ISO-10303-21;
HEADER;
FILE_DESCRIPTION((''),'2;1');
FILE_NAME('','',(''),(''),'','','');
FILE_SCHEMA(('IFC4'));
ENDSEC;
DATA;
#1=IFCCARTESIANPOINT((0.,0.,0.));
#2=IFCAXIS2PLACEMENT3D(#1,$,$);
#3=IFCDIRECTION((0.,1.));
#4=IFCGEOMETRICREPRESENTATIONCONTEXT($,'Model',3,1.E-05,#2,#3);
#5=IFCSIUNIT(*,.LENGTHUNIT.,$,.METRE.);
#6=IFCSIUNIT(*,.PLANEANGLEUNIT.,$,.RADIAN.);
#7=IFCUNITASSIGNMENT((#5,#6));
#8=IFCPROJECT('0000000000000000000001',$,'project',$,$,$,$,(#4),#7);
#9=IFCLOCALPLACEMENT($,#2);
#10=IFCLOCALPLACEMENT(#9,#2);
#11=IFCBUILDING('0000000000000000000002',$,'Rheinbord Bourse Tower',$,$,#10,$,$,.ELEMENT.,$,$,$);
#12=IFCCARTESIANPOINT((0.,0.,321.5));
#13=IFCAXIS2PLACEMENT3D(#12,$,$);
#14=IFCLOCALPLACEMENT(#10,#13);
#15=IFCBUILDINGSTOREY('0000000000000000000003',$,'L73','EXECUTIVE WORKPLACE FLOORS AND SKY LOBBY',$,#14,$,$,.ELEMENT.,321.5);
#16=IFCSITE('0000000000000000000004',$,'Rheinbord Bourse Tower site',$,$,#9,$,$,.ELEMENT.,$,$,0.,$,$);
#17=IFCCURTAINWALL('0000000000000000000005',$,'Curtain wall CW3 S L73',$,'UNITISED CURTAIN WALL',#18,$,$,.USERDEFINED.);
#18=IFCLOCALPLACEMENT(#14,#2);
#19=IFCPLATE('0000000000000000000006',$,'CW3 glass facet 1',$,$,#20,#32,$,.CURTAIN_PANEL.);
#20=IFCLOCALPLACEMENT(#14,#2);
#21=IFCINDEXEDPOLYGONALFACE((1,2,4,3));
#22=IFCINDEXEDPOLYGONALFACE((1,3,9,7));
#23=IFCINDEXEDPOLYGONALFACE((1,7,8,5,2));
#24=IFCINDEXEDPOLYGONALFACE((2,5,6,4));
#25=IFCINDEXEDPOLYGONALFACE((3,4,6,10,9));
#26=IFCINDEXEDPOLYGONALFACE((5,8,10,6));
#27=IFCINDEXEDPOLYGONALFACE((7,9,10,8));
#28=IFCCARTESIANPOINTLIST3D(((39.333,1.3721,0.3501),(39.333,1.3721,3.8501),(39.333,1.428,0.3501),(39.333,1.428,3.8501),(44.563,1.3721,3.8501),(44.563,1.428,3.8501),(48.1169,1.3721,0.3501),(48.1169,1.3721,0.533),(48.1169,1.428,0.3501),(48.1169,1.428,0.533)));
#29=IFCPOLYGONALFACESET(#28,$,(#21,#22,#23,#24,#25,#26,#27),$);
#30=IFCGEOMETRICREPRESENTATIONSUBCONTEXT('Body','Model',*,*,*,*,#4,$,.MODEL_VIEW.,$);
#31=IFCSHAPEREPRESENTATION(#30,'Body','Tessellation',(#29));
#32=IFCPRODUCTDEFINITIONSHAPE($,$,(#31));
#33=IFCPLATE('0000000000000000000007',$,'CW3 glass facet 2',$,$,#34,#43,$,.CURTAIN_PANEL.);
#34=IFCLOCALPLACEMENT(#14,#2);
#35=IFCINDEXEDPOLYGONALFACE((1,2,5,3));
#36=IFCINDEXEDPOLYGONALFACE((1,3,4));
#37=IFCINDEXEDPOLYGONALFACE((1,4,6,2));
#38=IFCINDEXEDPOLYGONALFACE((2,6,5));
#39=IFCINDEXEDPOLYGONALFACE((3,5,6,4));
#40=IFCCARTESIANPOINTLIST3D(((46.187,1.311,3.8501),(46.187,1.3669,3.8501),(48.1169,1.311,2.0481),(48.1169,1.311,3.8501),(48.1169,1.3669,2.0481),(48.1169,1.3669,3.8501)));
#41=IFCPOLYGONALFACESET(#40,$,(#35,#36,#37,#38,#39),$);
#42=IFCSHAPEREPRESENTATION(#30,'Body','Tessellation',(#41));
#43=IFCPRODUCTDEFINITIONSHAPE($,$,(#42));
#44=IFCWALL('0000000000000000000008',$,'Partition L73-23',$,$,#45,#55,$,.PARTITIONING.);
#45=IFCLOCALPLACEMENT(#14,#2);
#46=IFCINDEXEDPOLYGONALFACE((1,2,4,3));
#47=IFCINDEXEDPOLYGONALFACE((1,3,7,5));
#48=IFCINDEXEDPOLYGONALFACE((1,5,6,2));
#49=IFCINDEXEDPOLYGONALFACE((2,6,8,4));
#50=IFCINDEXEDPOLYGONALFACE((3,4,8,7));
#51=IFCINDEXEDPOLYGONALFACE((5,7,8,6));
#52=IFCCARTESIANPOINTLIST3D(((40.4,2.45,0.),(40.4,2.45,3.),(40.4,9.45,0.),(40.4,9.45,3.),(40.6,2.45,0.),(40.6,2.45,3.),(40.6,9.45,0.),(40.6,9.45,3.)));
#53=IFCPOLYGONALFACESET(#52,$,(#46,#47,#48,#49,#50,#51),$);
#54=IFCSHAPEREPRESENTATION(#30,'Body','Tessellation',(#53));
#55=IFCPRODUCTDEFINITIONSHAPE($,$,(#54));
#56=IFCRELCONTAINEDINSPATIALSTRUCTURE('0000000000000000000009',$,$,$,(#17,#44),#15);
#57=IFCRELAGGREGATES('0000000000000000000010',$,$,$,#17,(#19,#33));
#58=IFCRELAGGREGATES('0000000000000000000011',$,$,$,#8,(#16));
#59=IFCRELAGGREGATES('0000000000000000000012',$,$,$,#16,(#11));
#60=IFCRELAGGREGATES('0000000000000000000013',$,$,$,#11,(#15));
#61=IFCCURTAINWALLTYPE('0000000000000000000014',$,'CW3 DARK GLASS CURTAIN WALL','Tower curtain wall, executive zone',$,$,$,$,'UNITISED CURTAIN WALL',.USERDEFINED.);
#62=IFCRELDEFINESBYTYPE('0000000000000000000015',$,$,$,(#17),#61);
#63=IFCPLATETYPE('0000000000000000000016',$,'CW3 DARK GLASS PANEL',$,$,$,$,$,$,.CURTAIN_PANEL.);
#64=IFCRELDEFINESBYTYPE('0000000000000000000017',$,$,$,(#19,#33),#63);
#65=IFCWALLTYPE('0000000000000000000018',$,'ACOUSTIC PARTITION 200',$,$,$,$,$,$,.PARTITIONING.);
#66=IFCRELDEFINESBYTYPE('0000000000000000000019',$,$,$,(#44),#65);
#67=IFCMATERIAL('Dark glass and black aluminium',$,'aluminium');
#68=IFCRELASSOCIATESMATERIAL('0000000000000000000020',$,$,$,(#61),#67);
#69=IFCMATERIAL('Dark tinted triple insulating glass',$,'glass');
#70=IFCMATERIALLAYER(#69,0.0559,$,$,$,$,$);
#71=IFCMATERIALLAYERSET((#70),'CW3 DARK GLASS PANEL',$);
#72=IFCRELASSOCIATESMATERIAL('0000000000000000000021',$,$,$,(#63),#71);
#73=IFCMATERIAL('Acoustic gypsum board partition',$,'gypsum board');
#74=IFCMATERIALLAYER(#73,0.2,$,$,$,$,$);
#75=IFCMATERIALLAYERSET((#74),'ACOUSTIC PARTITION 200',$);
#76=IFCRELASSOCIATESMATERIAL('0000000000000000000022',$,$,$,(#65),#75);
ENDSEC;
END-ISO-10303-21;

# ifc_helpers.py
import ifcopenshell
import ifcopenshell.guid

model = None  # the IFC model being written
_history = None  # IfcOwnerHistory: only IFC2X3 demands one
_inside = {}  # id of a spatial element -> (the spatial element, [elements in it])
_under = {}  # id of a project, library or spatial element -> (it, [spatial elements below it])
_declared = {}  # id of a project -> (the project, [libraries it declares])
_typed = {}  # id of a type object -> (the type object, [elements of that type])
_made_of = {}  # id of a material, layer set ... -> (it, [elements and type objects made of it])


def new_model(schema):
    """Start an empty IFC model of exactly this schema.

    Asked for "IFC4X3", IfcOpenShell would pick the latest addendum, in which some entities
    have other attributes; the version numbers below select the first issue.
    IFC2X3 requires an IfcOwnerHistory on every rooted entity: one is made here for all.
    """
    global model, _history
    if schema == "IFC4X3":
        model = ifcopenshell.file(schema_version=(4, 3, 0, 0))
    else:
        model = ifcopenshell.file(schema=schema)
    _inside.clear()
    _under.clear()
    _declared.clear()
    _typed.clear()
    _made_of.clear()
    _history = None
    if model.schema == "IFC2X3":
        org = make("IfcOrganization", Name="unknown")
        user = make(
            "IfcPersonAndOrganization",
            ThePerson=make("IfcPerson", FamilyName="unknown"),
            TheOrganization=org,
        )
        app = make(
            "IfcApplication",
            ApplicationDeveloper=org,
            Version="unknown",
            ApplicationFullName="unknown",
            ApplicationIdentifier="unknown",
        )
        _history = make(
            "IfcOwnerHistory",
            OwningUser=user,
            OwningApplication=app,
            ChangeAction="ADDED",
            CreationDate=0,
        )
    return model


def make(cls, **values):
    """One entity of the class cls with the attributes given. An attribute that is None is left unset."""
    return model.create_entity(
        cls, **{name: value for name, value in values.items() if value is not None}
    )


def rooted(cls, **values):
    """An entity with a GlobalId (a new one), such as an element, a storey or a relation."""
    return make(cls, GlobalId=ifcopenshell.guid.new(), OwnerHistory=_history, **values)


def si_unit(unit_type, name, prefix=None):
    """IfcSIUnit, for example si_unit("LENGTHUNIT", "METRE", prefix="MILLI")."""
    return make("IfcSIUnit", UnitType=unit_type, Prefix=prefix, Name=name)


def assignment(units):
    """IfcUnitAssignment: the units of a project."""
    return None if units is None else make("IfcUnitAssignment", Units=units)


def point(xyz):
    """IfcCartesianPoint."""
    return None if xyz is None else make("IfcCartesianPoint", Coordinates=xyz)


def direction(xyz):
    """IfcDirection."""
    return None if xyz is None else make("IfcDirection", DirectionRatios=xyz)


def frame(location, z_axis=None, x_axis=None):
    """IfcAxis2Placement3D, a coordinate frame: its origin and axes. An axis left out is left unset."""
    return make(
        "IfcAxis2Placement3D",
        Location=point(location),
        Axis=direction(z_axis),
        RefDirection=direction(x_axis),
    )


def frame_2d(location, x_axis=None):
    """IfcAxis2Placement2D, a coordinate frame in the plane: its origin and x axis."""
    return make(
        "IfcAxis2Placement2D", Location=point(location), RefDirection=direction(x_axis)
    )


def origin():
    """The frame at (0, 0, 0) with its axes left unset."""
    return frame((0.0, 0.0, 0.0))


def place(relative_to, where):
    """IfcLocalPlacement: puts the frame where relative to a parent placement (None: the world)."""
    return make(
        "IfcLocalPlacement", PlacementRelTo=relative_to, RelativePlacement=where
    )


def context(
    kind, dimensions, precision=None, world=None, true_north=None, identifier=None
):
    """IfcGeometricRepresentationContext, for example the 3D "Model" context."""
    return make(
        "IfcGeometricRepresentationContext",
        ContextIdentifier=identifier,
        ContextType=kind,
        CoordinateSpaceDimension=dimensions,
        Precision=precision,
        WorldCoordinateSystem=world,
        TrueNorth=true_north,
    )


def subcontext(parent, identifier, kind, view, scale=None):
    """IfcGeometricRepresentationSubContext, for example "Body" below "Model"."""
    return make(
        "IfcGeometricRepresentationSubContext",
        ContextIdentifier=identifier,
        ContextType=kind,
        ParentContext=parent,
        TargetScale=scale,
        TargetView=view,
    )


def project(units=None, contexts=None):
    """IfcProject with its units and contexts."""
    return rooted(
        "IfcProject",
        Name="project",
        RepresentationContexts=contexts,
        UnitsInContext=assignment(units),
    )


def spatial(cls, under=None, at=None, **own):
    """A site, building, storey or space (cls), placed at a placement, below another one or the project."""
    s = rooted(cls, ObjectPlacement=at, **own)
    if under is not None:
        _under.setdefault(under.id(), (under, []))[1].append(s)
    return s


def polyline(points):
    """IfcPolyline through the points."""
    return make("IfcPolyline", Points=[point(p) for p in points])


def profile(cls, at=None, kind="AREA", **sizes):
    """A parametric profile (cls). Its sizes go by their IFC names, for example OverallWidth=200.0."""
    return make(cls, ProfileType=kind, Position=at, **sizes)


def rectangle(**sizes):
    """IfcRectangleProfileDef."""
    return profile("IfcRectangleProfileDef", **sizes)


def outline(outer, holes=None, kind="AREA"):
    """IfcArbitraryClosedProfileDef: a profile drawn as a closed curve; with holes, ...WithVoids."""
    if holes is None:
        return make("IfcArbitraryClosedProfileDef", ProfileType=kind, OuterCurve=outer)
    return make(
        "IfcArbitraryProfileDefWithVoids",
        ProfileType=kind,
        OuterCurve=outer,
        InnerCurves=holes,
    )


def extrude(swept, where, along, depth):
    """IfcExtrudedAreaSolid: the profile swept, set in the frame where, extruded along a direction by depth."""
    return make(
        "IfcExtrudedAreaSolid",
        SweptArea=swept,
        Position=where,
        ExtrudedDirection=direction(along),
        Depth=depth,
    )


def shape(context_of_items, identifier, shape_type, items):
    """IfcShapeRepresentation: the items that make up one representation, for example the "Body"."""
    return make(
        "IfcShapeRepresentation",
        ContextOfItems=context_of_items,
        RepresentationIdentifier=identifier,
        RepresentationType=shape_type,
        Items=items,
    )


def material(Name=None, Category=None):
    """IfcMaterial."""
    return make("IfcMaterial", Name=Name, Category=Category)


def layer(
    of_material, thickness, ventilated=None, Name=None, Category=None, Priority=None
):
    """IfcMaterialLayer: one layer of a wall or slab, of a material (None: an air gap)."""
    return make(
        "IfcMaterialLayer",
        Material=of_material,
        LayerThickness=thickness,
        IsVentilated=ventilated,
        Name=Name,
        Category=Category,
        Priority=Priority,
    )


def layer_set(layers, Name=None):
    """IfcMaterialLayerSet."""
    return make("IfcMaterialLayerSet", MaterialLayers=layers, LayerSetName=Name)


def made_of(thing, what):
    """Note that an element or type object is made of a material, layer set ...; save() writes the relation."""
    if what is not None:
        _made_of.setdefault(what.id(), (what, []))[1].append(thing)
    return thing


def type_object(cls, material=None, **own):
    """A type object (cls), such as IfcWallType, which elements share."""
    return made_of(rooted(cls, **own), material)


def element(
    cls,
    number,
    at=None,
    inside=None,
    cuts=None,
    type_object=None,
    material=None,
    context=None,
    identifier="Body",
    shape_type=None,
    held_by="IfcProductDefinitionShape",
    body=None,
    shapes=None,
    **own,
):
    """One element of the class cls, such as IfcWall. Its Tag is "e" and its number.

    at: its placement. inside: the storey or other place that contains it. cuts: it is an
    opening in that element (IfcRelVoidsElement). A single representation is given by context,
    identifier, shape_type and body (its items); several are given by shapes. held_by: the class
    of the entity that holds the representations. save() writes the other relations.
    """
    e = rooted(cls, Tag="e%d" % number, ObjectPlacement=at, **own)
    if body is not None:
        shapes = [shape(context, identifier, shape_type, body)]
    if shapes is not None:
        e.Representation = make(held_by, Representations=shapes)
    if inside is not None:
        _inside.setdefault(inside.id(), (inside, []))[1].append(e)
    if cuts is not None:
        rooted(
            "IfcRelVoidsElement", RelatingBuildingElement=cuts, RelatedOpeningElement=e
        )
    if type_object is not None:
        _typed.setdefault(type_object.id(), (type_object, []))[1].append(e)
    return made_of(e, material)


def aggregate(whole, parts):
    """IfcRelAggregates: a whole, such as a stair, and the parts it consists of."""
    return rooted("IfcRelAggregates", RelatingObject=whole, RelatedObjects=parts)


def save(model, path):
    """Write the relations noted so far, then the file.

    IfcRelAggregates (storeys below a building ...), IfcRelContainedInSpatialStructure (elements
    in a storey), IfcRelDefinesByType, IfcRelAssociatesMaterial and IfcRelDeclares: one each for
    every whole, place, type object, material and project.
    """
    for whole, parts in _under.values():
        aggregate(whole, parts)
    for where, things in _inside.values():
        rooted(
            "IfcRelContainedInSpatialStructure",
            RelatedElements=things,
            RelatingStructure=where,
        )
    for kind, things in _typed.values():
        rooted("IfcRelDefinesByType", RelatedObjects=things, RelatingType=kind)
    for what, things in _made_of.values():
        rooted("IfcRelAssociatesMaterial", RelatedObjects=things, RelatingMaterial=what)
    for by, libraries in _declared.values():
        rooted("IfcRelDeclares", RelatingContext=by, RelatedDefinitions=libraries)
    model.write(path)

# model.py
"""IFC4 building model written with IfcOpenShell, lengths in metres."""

from ifc_helpers import new_model, si_unit, direction, frame, frame_2d, origin, place, context, subcontext, project, spatial, polyline, rectangle, outline, extrude, material, layer, layer_set, type_object, element, aggregate, save


model = new_model("IFC4")

# Units and contexts
model_context = context("Model", 3, precision=1e-05, world=origin(), true_north=direction((0.0, 1.0)))
body_context = subcontext(model_context, "Body", "Model", "MODEL_VIEW")
ifc_project = project(units=[si_unit("LENGTHUNIT", "METRE"), si_unit("PLANEANGLEUNIT", "RADIAN")], contexts=[model_context])

# Site, building, storey
site_placement = place(None, origin())
site = spatial("IfcSite", under=ifc_project, at=site_placement, Name="Rheinbord Bourse Tower site", CompositionType="ELEMENT", RefElevation=0.0)
building_placement = place(site_placement, origin())
building = spatial("IfcBuilding", under=site, at=building_placement, Name="Rheinbord Bourse Tower", CompositionType="ELEMENT")
storey_placement = place(building_placement, frame((0.0, 0.0, 321.5)))
storey = spatial("IfcBuildingStorey", under=building, at=storey_placement, Name="L73", Description="EXECUTIVE WORKPLACE FLOORS AND SKY LOBBY", CompositionType="ELEMENT", Elevation=321.5)

# Curtain wall
ifc_material_1 = material(Name="Dark glass and black aluminium", Category="aluminium")
curtain_wall_type = type_object("IfcCurtainWallType", Name="CW3 DARK GLASS CURTAIN WALL", Description="Tower curtain wall, executive zone", ElementType="UNITISED CURTAIN WALL", PredefinedType="USERDEFINED", material=ifc_material_1)
curtain_wall_placement = place(storey_placement, origin())
curtain_wall = element("IfcCurtainWall", 1, at=curtain_wall_placement, inside=storey, type_object=curtain_wall_type, Name="Curtain wall CW3 S L73", ObjectType="UNITISED CURTAIN WALL", PredefinedType="USERDEFINED")

# Plates
ifc_material_2 = material(Name="Dark tinted triple insulating glass", Category="glass")
ifc_layer_1 = layer(ifc_material_2, 0.0559)
ifc_layer_set_1 = layer_set([ifc_layer_1], Name="CW3 DARK GLASS PANEL")
plate_type = type_object("IfcPlateType", Name="CW3 DARK GLASS PANEL", PredefinedType="CURTAIN_PANEL", material=ifc_layer_set_1)
plate_1_placement = place(storey_placement, frame((48.1169, 1.3721, 0.3501), z_axis=(0.0, 1.0, 0.0), x_axis=(-1.0, 0.0, 0.0)))
plate_1 = element("IfcPlate", 2, at=plate_1_placement, type_object=plate_type, Name="CW3 glass facet 1", PredefinedType="CURTAIN_PANEL", context=body_context, shape_type="SweptSolid", body=[
    extrude(outline(polyline([(0.0, 0.0), (8.7839, 0.0), (8.7839, 3.5), (3.554, 3.5), (0.0, 0.1829), (0.0, 0.0)])), origin(), (0.0, 0.0, 1.0), 0.0559),
])
plate_2_placement = place(storey_placement, frame((48.1169, 1.311, 3.8501), z_axis=(0.0, 1.0, 0.0), x_axis=(0.0, 0.0, -1.0)))
plate_2 = element("IfcPlate", 3, at=plate_2_placement, type_object=plate_type, Name="CW3 glass facet 2", PredefinedType="CURTAIN_PANEL", context=body_context, shape_type="SweptSolid", body=[
    extrude(outline(polyline([(0.0, 0.0), (1.802, 0.0), (0.0, 1.9299), (0.0, 0.0)])), origin(), (0.0, 0.0, 1.0), 0.0559),
])
aggregate(curtain_wall, [plate_1, plate_2])

# Wall
ifc_material_3 = material(Name="Acoustic gypsum board partition", Category="gypsum board")
ifc_layer_2 = layer(ifc_material_3, 0.2)
ifc_layer_set_2 = layer_set([ifc_layer_2], Name="ACOUSTIC PARTITION 200")
wall_type = type_object("IfcWallType", Name="ACOUSTIC PARTITION 200", PredefinedType="PARTITIONING", material=ifc_layer_set_2)
wall_placement = place(storey_placement, frame((40.5, 2.45, 0.0), z_axis=(0.0, 0.0, 1.0), x_axis=(0.0, 1.0, 0.0)))
element("IfcWall", 4, at=wall_placement, inside=storey, type_object=wall_type, Name="Partition L73-23", PredefinedType="PARTITIONING", context=body_context, shape_type="SweptSolid", body=[
    extrude(rectangle(XDim=7.0, YDim=0.2, at=frame_2d((3.5, 0.0))), origin(), (0.0, 0.0, 1.0), 3.0),
])

save(model, "model.ifc")
